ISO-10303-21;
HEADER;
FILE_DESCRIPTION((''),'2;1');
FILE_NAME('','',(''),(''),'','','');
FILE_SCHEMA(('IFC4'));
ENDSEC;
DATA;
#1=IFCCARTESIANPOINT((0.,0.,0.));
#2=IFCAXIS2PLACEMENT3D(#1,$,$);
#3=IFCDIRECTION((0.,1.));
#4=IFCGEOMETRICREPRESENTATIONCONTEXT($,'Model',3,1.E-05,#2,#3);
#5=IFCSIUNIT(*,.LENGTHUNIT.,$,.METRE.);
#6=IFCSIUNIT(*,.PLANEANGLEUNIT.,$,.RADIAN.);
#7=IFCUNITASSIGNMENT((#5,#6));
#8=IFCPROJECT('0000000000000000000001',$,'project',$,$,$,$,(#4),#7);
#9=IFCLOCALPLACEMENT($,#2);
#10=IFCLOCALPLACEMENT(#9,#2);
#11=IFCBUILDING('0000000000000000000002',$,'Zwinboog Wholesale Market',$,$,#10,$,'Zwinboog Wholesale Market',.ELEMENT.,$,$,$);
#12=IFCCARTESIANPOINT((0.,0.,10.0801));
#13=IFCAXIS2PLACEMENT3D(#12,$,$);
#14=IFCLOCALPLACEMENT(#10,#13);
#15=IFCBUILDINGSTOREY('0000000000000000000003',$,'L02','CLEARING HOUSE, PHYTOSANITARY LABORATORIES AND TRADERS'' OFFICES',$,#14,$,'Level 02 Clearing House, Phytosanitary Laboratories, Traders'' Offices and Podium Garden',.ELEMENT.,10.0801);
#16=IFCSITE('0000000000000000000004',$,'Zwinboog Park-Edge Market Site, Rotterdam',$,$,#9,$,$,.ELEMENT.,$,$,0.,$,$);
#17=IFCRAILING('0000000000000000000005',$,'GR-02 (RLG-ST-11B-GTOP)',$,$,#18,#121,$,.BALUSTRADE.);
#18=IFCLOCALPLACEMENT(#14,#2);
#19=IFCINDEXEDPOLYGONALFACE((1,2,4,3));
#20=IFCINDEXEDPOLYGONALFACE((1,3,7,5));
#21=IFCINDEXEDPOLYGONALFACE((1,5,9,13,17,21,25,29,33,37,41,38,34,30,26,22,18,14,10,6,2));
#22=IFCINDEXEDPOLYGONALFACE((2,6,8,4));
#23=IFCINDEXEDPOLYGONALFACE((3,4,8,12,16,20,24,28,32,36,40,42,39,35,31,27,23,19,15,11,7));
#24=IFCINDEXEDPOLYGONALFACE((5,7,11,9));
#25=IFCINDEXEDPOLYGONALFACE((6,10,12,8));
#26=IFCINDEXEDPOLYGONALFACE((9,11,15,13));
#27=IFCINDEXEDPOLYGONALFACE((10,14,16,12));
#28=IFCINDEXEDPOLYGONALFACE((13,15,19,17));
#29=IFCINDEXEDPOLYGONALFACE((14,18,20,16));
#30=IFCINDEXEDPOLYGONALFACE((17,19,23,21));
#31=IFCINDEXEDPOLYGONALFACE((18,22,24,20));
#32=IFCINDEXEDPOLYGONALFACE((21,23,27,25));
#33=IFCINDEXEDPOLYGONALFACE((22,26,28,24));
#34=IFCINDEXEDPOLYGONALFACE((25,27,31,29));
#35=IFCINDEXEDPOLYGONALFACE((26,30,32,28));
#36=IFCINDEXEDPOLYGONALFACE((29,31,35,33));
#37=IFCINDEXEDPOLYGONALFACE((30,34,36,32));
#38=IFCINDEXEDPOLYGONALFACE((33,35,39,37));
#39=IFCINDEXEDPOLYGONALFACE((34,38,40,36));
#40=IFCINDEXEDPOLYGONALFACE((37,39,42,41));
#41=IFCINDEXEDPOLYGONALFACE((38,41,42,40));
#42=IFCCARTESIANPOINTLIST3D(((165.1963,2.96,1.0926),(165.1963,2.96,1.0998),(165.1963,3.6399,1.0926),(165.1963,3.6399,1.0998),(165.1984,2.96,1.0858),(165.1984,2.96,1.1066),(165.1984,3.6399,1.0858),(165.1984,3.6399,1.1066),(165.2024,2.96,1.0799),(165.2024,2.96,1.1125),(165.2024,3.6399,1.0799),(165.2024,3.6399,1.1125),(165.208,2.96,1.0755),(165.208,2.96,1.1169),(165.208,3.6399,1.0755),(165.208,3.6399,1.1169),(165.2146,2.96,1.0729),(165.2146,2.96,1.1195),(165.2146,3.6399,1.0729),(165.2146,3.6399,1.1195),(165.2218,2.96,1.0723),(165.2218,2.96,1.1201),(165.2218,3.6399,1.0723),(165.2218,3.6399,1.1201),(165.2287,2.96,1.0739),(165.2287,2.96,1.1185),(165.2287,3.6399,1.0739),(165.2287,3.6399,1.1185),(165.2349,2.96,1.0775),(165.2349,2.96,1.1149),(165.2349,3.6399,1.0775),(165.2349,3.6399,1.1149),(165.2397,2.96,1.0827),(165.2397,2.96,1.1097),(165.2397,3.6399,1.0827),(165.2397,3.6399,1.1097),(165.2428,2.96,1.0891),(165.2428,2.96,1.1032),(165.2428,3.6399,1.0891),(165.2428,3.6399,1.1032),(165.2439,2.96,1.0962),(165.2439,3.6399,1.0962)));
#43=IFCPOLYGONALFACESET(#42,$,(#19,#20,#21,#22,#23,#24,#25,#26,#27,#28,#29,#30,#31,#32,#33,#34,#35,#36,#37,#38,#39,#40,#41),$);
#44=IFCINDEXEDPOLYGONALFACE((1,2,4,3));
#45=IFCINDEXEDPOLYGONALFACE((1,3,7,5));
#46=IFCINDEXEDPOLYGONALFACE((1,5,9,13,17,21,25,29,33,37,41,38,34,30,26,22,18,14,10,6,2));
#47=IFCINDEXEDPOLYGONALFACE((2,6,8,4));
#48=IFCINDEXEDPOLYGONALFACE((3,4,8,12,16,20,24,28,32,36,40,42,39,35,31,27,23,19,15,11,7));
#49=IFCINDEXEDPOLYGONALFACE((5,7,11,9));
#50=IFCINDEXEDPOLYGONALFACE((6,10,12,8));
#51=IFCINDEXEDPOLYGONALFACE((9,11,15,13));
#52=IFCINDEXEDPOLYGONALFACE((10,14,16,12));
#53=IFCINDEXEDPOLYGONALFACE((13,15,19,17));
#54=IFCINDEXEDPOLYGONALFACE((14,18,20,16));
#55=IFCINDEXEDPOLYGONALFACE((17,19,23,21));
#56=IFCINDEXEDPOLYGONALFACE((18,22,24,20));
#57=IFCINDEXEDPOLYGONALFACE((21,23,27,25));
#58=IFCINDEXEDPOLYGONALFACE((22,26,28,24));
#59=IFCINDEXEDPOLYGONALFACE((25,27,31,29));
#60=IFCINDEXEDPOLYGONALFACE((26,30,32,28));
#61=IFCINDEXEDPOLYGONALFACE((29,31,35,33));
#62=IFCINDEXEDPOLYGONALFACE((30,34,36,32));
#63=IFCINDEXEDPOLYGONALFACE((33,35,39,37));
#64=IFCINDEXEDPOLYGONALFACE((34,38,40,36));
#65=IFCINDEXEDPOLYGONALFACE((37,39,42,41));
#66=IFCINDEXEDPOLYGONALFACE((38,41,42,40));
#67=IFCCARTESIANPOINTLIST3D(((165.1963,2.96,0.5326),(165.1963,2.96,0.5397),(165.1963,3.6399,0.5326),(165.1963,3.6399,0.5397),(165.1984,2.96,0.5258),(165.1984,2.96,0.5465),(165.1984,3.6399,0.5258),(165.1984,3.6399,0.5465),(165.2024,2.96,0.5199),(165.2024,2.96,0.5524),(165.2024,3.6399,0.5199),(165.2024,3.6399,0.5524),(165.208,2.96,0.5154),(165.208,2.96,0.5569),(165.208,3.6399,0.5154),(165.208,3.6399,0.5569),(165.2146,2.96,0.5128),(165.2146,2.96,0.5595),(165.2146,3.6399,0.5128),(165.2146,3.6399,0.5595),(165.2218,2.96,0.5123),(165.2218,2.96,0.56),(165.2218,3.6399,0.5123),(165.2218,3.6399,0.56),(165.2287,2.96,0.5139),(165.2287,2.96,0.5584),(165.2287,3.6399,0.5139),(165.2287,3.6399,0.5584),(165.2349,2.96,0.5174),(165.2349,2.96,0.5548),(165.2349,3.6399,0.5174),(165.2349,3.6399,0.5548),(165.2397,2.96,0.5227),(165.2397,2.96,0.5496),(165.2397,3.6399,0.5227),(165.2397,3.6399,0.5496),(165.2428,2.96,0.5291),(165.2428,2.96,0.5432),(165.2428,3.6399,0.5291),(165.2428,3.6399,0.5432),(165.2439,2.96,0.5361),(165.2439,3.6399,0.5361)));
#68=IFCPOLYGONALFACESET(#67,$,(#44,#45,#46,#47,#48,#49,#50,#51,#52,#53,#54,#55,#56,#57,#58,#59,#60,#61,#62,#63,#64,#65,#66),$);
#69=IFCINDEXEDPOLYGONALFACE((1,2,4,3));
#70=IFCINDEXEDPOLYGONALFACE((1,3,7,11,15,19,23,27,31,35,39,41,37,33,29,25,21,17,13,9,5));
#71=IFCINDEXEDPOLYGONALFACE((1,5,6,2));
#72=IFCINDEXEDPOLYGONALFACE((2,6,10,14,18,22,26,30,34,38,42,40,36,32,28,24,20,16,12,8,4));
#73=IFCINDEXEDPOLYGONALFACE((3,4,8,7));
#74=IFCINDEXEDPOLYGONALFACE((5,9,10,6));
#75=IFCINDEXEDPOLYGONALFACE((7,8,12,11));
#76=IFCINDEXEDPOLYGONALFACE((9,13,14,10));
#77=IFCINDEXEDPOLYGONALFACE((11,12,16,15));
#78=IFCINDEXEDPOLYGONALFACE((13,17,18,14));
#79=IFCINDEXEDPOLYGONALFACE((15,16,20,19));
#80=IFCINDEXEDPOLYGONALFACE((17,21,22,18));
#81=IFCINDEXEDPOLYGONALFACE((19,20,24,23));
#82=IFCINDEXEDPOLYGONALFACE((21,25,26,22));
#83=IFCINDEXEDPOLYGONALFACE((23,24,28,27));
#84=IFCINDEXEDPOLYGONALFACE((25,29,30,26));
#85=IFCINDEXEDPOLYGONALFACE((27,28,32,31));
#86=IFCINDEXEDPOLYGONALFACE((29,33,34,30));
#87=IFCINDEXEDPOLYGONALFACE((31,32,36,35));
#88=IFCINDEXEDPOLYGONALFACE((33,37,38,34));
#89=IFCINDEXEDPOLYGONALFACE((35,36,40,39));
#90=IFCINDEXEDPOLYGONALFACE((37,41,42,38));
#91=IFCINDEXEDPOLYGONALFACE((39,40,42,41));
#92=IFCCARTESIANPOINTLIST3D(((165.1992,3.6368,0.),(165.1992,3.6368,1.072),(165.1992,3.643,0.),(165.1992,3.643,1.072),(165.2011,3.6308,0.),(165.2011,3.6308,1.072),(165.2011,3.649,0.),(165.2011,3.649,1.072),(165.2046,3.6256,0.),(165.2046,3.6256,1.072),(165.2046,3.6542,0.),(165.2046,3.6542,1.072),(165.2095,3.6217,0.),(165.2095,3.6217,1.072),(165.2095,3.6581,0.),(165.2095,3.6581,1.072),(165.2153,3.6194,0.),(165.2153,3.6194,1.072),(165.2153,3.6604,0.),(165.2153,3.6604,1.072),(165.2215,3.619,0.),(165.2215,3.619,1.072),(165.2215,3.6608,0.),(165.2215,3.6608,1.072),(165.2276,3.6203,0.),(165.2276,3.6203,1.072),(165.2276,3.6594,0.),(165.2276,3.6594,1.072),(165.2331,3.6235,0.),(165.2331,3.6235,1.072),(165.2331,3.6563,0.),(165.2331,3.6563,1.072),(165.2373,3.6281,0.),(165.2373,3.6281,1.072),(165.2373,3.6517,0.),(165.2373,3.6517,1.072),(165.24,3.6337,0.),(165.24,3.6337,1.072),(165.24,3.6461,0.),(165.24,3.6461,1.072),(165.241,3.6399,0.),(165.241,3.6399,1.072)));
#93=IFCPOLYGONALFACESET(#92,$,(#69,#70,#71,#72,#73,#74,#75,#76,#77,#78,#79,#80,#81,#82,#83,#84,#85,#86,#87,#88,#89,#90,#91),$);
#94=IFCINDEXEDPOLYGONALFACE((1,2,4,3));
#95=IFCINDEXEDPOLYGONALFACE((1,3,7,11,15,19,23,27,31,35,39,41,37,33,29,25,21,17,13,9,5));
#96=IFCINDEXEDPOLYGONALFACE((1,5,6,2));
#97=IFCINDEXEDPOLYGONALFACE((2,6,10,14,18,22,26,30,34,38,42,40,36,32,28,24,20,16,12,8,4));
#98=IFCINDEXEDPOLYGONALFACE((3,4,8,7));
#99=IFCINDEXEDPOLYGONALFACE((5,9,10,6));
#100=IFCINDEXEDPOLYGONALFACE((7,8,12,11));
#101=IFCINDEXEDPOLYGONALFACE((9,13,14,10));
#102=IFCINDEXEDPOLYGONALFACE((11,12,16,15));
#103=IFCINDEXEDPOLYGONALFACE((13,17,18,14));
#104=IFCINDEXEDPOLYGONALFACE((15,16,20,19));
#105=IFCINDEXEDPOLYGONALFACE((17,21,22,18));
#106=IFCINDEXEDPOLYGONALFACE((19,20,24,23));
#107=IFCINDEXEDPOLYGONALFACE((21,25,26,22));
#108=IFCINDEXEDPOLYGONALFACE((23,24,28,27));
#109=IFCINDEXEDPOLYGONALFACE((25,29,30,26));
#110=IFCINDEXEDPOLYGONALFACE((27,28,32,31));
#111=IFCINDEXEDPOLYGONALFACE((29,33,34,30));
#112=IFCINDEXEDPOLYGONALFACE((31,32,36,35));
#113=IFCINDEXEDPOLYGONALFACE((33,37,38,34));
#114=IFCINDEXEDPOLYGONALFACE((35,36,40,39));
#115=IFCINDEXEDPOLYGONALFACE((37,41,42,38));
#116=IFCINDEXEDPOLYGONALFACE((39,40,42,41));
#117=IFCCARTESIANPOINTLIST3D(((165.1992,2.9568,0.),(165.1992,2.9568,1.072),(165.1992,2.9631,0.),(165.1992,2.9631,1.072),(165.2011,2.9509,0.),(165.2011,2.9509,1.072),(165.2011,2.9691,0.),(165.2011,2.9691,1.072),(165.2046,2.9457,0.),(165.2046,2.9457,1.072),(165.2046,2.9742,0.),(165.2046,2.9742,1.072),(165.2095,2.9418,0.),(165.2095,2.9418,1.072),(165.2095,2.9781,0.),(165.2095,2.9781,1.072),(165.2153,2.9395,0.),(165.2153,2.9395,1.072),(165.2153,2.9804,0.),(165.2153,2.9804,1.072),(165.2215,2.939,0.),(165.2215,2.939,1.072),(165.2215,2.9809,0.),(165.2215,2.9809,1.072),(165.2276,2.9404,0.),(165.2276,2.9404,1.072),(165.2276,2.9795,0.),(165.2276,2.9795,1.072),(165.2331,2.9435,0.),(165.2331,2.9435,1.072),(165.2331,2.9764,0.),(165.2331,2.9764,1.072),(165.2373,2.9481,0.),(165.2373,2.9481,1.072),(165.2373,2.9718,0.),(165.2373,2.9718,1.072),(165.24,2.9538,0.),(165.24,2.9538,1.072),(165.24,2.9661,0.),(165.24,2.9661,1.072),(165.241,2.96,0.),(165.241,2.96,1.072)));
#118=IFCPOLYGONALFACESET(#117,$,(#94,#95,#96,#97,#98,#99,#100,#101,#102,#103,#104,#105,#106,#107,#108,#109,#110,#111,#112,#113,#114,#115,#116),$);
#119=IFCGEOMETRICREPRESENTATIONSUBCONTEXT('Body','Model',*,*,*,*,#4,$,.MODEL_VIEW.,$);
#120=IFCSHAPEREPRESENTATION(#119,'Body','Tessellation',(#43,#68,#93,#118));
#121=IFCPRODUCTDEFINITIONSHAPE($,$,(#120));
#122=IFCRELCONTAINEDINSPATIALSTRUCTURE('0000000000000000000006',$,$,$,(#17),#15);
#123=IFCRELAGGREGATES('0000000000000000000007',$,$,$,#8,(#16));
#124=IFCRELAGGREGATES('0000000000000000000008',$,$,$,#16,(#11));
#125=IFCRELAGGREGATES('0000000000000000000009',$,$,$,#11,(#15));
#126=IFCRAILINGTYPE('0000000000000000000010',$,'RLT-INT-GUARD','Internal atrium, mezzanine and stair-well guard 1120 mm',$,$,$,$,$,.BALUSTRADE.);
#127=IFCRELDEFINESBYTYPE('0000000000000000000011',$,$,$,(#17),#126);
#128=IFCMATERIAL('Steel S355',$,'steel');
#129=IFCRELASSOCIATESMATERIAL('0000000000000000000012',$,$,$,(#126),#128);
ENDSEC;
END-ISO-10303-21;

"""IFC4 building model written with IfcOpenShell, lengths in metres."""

from ifc_helpers import new_model, si_unit, direction, frame, origin, origin_2d, place, context, subcontext, project, spatial, circle, extrude, material, type_object, element, save


model = new_model("IFC4")

# Units and contexts
model_context = context("Model", 3, precision=1e-05, world=origin(), true_north=direction((0.0, 1.0)))
body_context = subcontext(model_context, "Body", "Model", "MODEL_VIEW")
ifc_project = project(units=[si_unit("LENGTHUNIT", "METRE"), si_unit("PLANEANGLEUNIT", "RADIAN")], contexts=[model_context])

# Site, building, storey
site_placement = place(None, origin())
site = spatial("IfcSite", under=ifc_project, at=site_placement, Name="Zwinboog Park-Edge Market Site, Rotterdam", CompositionType="ELEMENT", RefElevation=0.0)
building_placement = place(site_placement, origin())
building = spatial("IfcBuilding", under=site, at=building_placement, Name="Zwinboog Wholesale Market", LongName="Zwinboog Wholesale Market", CompositionType="ELEMENT")
storey_placement = place(building_placement, frame((0.0, 0.0, 10.0801)))
storey = spatial("IfcBuildingStorey", under=building, at=storey_placement, Name="L02", Description="CLEARING HOUSE, PHYTOSANITARY LABORATORIES AND TRADERS' OFFICES", LongName="Level 02 Clearing House, Phytosanitary Laboratories, Traders' Offices and Podium Garden", CompositionType="ELEMENT", Elevation=10.0801)

# Shared definitions
ifc_material_1 = material(Name="Steel S355", Category="steel")

# Railing
railing_type_1 = type_object("IfcRailingType", Name="RLT-INT-GUARD", Description="Internal atrium, mezzanine and stair-well guard 1120 mm", PredefinedType="BALUSTRADE", material=ifc_material_1)
railing_1_placement = place(storey_placement, frame((165.22, 3.6399, 0.0)))
element("IfcRailing", 1, at=railing_1_placement, inside=storey, type_object=railing_type_1, Name="GR-02 (RLG-ST-11B-GTOP)", PredefinedType="BALUSTRADE", context=body_context, shape_type="SweptSolid", body=[
    extrude(circle(Radius=0.0239, at=origin_2d()), frame((0.0, 0.0, 1.0962), z_axis=(0.0, -1.0, 0.0), x_axis=(1.0, 0.0, 0.0)), (0.0, 0.0, 1.0), 0.6799),
    extrude(circle(Radius=0.0239, at=origin_2d()), frame((0.0, 0.0, 0.5361), z_axis=(0.0, -1.0, 0.0), x_axis=(1.0, 0.0, 0.0)), (0.0, 0.0, 1.0), 0.6799),
    extrude(circle(Radius=0.021, at=origin_2d()), origin(), (0.0, 0.0, 1.0), 1.072),
    extrude(circle(Radius=0.021, at=origin_2d()), frame((0.0, -0.6799, 0.0)), (0.0, 0.0, 1.0), 1.072),
])

save(model, "model.ifc")
